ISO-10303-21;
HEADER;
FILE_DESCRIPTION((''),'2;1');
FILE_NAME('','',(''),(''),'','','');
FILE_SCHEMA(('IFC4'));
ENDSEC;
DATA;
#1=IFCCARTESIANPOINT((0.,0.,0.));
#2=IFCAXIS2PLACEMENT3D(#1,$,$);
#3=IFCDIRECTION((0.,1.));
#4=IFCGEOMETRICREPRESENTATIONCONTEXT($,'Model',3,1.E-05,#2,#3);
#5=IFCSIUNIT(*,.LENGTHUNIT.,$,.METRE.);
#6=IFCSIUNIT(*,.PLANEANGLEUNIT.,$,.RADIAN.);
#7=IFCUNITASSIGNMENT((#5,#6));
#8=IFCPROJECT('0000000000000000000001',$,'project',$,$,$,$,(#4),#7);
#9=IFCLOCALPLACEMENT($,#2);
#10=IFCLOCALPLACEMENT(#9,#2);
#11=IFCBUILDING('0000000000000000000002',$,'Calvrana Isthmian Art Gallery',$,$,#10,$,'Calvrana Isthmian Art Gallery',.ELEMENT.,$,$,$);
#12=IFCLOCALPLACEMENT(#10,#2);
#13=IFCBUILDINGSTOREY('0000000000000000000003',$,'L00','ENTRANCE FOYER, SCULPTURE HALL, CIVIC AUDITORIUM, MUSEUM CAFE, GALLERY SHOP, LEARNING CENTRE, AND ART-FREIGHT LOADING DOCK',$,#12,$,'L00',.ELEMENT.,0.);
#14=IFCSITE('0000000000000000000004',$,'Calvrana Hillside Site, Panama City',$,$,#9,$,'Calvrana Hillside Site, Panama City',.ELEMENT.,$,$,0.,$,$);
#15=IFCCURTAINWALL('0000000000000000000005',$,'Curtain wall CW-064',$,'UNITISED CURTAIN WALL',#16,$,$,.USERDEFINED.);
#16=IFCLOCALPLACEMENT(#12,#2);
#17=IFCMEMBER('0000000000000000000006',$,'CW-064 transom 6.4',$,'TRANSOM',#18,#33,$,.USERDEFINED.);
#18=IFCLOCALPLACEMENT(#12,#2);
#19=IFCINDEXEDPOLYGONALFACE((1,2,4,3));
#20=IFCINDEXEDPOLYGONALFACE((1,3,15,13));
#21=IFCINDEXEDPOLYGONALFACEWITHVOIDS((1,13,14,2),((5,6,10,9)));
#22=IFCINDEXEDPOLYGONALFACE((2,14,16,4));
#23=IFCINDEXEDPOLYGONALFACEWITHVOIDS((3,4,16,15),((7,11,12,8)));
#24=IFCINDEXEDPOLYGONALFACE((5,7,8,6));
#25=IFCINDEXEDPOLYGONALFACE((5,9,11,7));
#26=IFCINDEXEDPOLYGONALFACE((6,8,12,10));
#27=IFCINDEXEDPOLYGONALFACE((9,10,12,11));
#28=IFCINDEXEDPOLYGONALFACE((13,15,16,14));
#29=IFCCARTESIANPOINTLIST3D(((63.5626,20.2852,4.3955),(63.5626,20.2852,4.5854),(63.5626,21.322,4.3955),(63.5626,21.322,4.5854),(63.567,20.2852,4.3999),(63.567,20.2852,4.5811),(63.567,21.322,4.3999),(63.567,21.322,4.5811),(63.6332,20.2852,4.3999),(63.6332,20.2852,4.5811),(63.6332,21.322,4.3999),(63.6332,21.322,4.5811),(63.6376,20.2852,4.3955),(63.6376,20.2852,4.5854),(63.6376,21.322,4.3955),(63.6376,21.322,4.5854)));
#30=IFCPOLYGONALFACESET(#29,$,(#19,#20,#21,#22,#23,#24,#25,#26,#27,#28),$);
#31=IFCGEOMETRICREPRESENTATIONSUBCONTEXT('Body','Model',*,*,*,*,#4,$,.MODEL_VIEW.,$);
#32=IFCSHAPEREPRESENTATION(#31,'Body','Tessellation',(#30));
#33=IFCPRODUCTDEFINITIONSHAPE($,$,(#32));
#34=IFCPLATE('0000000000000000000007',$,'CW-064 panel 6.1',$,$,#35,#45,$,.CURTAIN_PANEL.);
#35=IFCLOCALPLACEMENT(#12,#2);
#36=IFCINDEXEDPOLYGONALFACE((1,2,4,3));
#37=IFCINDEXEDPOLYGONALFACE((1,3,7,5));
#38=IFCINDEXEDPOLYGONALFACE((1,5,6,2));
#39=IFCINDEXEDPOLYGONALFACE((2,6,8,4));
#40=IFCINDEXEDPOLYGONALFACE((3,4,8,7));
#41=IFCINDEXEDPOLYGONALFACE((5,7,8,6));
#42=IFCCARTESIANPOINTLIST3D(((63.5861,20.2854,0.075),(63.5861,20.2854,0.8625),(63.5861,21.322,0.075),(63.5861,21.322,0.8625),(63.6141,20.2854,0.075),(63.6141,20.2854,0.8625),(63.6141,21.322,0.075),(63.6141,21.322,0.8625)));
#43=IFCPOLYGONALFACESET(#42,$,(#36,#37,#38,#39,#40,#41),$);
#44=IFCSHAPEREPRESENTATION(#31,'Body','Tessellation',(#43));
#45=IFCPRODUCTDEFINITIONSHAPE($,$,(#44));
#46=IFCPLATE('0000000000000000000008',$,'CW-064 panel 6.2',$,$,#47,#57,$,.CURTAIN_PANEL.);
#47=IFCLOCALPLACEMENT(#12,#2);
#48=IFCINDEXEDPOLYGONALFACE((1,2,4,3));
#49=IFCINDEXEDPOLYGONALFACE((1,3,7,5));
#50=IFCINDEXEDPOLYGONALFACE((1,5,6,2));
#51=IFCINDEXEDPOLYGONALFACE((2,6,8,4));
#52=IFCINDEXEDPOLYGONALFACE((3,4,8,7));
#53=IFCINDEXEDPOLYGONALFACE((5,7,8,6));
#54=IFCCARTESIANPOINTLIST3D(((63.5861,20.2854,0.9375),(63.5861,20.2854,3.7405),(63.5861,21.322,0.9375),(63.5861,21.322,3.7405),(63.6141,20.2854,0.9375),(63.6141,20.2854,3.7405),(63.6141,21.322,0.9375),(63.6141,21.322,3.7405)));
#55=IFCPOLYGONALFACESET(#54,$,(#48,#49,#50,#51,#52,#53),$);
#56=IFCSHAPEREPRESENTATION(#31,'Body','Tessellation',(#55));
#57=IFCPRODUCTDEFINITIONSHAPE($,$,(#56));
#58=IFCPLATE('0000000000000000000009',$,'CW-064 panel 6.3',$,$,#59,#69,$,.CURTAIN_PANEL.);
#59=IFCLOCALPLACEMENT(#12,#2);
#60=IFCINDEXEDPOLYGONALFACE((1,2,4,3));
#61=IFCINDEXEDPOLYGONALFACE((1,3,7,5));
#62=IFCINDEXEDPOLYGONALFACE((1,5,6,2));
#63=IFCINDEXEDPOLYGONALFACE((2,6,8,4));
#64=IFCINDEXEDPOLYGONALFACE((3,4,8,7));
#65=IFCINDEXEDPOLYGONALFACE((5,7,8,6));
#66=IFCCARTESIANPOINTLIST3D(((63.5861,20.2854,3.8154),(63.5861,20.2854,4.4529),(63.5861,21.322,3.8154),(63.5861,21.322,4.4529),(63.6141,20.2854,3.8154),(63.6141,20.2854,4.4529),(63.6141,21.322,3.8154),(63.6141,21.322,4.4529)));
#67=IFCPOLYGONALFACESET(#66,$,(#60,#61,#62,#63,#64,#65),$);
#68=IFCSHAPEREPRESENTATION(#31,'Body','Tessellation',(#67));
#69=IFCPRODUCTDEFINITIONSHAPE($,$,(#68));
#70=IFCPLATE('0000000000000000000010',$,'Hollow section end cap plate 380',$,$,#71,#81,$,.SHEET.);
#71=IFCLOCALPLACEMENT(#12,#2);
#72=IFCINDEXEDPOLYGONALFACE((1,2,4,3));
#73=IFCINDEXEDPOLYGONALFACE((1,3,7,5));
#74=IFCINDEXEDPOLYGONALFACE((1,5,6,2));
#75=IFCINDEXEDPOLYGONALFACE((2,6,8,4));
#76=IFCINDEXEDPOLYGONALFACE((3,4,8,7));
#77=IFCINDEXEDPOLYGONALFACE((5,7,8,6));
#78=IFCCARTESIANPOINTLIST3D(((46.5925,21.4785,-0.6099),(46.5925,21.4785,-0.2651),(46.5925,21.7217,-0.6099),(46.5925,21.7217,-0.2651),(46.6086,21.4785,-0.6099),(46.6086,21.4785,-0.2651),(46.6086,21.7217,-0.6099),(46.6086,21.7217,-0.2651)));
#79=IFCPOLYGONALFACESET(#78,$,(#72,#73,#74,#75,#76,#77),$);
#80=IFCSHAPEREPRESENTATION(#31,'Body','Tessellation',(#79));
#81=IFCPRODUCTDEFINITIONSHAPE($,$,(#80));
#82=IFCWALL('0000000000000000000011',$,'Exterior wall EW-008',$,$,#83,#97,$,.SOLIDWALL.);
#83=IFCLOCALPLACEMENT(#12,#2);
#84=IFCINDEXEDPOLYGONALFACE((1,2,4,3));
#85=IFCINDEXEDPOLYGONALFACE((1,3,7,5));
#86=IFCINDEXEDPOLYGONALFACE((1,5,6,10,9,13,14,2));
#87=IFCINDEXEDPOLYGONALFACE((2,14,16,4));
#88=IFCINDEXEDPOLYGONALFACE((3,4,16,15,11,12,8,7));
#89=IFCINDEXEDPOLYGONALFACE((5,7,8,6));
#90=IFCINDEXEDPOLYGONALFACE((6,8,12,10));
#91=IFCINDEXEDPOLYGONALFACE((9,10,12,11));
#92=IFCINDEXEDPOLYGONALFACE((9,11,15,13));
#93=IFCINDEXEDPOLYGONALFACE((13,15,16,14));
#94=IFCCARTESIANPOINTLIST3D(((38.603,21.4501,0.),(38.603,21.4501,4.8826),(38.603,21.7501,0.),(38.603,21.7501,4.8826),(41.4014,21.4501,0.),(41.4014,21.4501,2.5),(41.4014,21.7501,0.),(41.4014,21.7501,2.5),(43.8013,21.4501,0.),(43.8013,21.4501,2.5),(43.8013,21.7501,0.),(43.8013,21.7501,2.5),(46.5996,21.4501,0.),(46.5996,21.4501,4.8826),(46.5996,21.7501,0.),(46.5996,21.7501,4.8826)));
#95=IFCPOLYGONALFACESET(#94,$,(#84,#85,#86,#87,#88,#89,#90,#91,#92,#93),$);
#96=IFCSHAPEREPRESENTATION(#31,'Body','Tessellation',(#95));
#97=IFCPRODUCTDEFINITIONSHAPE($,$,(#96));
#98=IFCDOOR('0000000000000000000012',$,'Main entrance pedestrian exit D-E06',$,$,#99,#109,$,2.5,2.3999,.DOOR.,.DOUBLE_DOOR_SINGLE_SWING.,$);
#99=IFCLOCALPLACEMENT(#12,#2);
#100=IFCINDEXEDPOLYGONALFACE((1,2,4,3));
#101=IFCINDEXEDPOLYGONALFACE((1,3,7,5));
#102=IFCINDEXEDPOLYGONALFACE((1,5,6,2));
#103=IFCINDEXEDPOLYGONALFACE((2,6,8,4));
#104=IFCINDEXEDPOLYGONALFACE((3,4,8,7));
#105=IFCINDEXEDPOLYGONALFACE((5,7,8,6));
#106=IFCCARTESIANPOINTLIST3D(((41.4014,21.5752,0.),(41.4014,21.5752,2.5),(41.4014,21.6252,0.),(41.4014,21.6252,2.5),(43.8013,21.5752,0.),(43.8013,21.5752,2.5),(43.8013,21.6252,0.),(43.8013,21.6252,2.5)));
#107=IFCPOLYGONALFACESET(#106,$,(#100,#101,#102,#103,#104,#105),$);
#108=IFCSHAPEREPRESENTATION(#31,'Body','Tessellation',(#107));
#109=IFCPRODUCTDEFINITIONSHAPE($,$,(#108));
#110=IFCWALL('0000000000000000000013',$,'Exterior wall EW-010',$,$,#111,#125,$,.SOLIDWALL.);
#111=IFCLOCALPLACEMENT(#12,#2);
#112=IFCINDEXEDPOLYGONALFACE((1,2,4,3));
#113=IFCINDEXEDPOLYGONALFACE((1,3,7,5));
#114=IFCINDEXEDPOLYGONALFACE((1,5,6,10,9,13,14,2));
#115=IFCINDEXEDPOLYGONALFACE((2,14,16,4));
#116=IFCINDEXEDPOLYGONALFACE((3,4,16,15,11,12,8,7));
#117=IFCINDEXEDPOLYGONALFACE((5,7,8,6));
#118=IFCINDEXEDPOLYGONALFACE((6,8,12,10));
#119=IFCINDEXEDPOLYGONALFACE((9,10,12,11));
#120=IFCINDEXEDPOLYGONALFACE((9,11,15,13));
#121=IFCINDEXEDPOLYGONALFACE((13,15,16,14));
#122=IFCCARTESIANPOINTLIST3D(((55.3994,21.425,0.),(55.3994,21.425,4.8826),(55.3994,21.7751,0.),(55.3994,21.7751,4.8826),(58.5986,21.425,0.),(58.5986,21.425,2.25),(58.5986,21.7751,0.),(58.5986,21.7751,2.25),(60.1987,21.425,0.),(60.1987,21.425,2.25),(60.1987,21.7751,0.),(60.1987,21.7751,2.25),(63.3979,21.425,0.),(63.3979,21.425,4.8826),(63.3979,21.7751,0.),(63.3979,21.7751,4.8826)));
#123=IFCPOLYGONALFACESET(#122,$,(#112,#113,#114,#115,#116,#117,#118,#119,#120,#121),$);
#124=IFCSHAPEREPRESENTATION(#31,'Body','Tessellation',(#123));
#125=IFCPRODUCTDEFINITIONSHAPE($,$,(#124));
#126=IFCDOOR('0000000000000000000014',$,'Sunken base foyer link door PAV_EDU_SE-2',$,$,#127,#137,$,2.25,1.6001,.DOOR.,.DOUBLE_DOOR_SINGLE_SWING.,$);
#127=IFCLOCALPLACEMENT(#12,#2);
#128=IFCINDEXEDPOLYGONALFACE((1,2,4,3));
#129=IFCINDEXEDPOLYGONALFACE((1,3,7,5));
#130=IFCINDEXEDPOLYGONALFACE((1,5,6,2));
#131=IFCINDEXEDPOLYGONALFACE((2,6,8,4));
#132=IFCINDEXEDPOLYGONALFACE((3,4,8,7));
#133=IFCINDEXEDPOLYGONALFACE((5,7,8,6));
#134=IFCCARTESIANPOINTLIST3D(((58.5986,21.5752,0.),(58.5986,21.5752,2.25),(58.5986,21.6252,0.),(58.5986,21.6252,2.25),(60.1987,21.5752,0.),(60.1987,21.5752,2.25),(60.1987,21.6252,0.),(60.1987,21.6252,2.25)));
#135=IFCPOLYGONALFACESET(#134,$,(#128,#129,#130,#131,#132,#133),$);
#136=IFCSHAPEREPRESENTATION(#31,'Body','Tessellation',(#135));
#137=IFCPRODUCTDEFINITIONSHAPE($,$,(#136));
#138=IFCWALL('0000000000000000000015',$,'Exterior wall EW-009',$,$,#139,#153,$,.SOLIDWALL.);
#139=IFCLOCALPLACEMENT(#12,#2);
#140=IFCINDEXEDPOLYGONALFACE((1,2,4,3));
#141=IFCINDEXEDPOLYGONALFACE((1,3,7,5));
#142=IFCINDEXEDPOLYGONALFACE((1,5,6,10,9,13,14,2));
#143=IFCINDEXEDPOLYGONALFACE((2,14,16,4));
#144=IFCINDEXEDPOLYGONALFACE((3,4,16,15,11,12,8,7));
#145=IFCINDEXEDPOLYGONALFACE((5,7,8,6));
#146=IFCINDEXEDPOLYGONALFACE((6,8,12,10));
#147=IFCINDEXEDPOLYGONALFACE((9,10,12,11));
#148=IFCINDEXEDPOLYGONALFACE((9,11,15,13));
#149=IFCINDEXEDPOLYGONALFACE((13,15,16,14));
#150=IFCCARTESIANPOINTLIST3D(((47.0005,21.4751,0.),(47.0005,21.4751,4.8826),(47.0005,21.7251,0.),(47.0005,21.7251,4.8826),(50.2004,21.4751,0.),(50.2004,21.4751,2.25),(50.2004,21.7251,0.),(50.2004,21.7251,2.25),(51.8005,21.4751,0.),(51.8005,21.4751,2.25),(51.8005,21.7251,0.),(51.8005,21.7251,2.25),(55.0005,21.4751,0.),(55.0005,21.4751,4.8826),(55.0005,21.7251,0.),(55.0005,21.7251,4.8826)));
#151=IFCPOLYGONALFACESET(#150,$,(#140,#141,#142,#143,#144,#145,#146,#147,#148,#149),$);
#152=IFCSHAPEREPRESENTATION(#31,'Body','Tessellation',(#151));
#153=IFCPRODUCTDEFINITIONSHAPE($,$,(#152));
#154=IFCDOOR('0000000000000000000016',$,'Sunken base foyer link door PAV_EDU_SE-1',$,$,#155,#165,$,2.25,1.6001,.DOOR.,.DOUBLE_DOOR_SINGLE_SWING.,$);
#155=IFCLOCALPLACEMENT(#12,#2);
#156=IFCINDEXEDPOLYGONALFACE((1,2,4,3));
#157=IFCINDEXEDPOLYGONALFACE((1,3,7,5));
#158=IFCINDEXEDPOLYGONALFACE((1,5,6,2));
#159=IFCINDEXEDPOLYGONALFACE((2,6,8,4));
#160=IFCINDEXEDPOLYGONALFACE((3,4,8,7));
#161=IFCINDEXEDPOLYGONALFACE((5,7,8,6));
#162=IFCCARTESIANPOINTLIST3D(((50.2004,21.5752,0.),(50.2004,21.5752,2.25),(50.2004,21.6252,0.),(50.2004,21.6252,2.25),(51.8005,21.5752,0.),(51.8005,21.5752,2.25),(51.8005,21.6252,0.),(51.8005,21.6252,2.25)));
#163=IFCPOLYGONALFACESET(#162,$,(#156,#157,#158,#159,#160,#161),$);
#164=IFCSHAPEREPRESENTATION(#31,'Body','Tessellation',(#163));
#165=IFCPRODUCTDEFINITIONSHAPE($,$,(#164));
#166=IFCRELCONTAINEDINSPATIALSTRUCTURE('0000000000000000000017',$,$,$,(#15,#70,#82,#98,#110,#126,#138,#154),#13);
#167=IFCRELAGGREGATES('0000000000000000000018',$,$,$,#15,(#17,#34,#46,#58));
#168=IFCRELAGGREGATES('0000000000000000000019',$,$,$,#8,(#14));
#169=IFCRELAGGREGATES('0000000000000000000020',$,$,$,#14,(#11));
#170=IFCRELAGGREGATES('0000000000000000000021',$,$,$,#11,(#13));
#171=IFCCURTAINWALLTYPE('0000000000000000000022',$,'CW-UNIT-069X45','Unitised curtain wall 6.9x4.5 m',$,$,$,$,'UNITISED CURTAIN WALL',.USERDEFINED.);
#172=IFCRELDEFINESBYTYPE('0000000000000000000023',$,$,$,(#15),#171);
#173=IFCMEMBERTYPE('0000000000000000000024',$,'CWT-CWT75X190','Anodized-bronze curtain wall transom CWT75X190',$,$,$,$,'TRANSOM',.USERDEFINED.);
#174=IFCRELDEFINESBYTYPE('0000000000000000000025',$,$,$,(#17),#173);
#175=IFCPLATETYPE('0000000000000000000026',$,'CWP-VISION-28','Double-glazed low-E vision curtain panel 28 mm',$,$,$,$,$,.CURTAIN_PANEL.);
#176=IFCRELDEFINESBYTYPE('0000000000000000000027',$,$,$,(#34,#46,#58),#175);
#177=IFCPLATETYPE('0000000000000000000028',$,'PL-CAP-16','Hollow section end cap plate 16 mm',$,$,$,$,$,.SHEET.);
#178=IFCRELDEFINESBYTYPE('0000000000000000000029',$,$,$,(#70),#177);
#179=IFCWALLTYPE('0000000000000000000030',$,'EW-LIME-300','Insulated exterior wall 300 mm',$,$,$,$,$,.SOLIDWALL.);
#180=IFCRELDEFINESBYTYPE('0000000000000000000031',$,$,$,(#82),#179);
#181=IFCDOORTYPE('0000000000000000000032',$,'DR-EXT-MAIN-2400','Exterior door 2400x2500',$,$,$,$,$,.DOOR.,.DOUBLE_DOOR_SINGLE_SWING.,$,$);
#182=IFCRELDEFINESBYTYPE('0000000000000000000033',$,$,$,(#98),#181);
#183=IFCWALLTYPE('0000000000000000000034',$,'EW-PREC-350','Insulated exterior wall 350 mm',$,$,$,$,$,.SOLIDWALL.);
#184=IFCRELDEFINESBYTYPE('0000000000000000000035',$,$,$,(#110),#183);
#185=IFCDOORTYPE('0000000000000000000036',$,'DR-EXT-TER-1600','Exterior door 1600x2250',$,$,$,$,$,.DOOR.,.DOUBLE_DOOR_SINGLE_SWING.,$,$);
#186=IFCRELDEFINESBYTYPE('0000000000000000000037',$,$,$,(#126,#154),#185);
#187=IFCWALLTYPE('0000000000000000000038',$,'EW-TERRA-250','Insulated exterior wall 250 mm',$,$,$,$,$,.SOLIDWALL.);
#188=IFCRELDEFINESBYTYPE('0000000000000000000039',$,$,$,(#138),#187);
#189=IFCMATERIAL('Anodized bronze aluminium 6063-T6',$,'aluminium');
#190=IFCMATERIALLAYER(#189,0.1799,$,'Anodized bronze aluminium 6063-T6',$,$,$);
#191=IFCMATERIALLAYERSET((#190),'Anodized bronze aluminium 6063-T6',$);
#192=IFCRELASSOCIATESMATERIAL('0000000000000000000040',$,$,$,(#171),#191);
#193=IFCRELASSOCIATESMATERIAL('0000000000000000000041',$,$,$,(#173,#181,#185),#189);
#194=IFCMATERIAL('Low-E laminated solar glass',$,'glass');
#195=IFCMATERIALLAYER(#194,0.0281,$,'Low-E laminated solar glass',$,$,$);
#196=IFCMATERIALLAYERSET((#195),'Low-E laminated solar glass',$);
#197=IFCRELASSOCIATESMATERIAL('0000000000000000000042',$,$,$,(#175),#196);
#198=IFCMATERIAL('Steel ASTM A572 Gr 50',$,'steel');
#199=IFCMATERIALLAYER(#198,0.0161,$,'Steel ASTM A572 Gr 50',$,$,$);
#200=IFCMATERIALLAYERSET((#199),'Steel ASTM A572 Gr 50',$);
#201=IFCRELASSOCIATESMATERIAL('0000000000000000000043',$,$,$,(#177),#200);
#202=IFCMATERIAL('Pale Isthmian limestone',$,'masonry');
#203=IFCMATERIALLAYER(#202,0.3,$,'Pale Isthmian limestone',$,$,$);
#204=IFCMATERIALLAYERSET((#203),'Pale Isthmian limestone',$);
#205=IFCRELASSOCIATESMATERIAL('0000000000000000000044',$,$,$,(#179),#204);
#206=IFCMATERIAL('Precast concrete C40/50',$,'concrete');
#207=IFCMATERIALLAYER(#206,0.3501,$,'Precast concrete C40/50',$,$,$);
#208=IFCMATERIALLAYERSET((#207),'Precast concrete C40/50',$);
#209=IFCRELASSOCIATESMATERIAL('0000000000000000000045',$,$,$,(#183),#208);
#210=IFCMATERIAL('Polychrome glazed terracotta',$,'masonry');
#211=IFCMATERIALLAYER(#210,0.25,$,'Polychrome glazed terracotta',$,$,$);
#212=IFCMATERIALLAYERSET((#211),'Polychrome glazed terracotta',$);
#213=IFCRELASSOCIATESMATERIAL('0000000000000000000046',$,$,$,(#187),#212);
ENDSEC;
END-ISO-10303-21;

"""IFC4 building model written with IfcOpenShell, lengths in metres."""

from ifc_helpers import new_model, si_unit, direction, frame, frame_2d, origin, origin_2d, place, context, subcontext, project, spatial, rectangle, hollow_rectangle, extrude, material, layer, layer_set, material_profile, profile_set, type_object, element, fill, aggregate, save


model = new_model("IFC4")

# Units and contexts
model_context = context("Model", 3, precision=1e-05, world=origin(), true_north=direction((0.0, 1.0)))
body_context = subcontext(model_context, "Body", "Model", "MODEL_VIEW")
ifc_project = project(units=[si_unit("LENGTHUNIT", "METRE"), si_unit("PLANEANGLEUNIT", "RADIAN")], contexts=[model_context])

# Site, building, storey
site_placement = place(None, origin())
site = spatial("IfcSite", under=ifc_project, at=site_placement, Name="Calvrana Hillside Site, Panama City", LongName="Calvrana Hillside Site, Panama City", CompositionType="ELEMENT", RefElevation=0.0)
building_placement = place(site_placement, origin())
building = spatial("IfcBuilding", under=site, at=building_placement, Name="Calvrana Isthmian Art Gallery", LongName="Calvrana Isthmian Art Gallery", CompositionType="ELEMENT")
storey_placement = place(building_placement, origin())
storey = spatial("IfcBuildingStorey", under=building, at=storey_placement, Name="L00", Description="ENTRANCE FOYER, SCULPTURE HALL, CIVIC AUDITORIUM, MUSEUM CAFE, GALLERY SHOP, LEARNING CENTRE, AND ART-FREIGHT LOADING DOCK", LongName="L00", CompositionType="ELEMENT", Elevation=0.0)

# Curtain wall, member, plates
ifc_material_1 = material(Name="Anodized bronze aluminium 6063-T6", Category="aluminium")
ifc_layer_1 = layer(ifc_material_1, 0.1799, Name="Anodized bronze aluminium 6063-T6")
ifc_layer_set_1 = layer_set([ifc_layer_1], Name="Anodized bronze aluminium 6063-T6")
curtain_wall_type = type_object("IfcCurtainWallType", Name="CW-UNIT-069X45", Description="Unitised curtain wall 6.9x4.5 m", ElementType="UNITISED CURTAIN WALL", PredefinedType="USERDEFINED", material=ifc_layer_set_1)
curtain_wall_placement = place(storey_placement, origin())
curtain_wall = element("IfcCurtainWall", 1, at=curtain_wall_placement, inside=storey, type_object=curtain_wall_type, Name="Curtain wall CW-064", ObjectType="UNITISED CURTAIN WALL", PredefinedType="USERDEFINED")
ifc_material_profile_1 = material_profile(ifc_material_1, hollow_rectangle(XDim=0.075, YDim=0.1899, WallThickness=0.0044, at=origin_2d()), Name="CWT75X190")
ifc_profile_set_1 = profile_set([ifc_material_profile_1], Name="Anodized bronze aluminium 6063-T6")
member_type = type_object("IfcMemberType", Name="CWT-CWT75X190", Description="Anodized-bronze curtain wall transom CWT75X190", ElementType="TRANSOM", PredefinedType="USERDEFINED", material=ifc_profile_set_1)
member_1_placement = place(storey_placement, frame((63.6001, 20.2852, 4.4905), z_axis=(0.0, 1.0, 0.0), x_axis=(-1.0, 0.0, 0.0)))
member_1 = element("IfcMember", 2, at=member_1_placement, type_object=member_type, Name="CW-064 transom 6.4", ObjectType="TRANSOM", PredefinedType="USERDEFINED", context=body_context, shape_type="SweptSolid", body=[
    extrude(hollow_rectangle(XDim=0.075, YDim=0.1899, WallThickness=0.0044, at=origin_2d()), origin(), (0.0, 0.0, 1.0), 1.0369),
])
ifc_material_2 = material(Name="Low-E laminated solar glass", Category="glass")
ifc_layer_2 = layer(ifc_material_2, 0.0281, Name="Low-E laminated solar glass")
ifc_layer_set_2 = layer_set([ifc_layer_2], Name="Low-E laminated solar glass")
plate_type_1 = type_object("IfcPlateType", Name="CWP-VISION-28", Description="Double-glazed low-E vision curtain panel 28 mm", PredefinedType="CURTAIN_PANEL", material=ifc_layer_set_2)
plate_1_placement = place(storey_placement, frame((63.6001, 20.8037, 0.075), z_axis=(0.0, 0.0, 1.0), x_axis=(0.0, 1.0, 0.0)))
plate_1 = element("IfcPlate", 3, at=plate_1_placement, type_object=plate_type_1, Name="CW-064 panel 6.1", PredefinedType="CURTAIN_PANEL", context=body_context, shape_type="SweptSolid", body=[
    extrude(rectangle(XDim=1.0366, YDim=0.0281, at=origin_2d()), origin(), (0.0, 0.0, 1.0), 0.7876),
])
plate_2_placement = place(storey_placement, frame((63.6001, 20.8037, 0.9375), z_axis=(0.0, 0.0, 1.0), x_axis=(0.0, 1.0, 0.0)))
plate_2 = element("IfcPlate", 4, at=plate_2_placement, type_object=plate_type_1, Name="CW-064 panel 6.2", PredefinedType="CURTAIN_PANEL", context=body_context, shape_type="SweptSolid", body=[
    extrude(rectangle(XDim=1.0366, YDim=0.0281, at=origin_2d()), origin(), (0.0, 0.0, 1.0), 2.803),
])
plate_3_placement = place(storey_placement, frame((63.6001, 20.8037, 3.8154), z_axis=(0.0, 0.0, 1.0), x_axis=(0.0, 1.0, 0.0)))
plate_3 = element("IfcPlate", 5, at=plate_3_placement, type_object=plate_type_1, Name="CW-064 panel 6.3", PredefinedType="CURTAIN_PANEL", context=body_context, shape_type="SweptSolid", body=[
    extrude(rectangle(XDim=1.0366, YDim=0.0281, at=origin_2d()), origin(), (0.0, 0.0, 1.0), 0.6375),
])
aggregate(curtain_wall, [member_1, plate_1, plate_2, plate_3])

# Plate
ifc_material_3 = material(Name="Steel ASTM A572 Gr 50", Category="steel")
ifc_layer_3 = layer(ifc_material_3, 0.0161, Name="Steel ASTM A572 Gr 50")
ifc_layer_set_3 = layer_set([ifc_layer_3], Name="Steel ASTM A572 Gr 50")
plate_type_2 = type_object("IfcPlateType", Name="PL-CAP-16", Description="Hollow section end cap plate 16 mm", PredefinedType="SHEET", material=ifc_layer_set_3)
plate_4_placement = place(storey_placement, frame((46.6006, 21.6001, -0.6099), z_axis=(0.0, 0.0, 1.0), x_axis=(1.0, 0.0, 0.0)))
element("IfcPlate", 6, at=plate_4_placement, inside=storey, type_object=plate_type_2, Name="Hollow section end cap plate 380", PredefinedType="SHEET", context=body_context, shape_type="SweptSolid", body=[
    extrude(rectangle(XDim=0.0161, YDim=0.2432, at=origin_2d()), origin(), (0.0, 0.0, 1.0), 0.3447),
])

# Walls, openings, doors
ifc_material_4 = material(Name="Pale Isthmian limestone", Category="masonry")
ifc_layer_4 = layer(ifc_material_4, 0.3, Name="Pale Isthmian limestone")
ifc_layer_set_4 = layer_set([ifc_layer_4], Name="Pale Isthmian limestone")
wall_type_1 = type_object("IfcWallType", Name="EW-LIME-300", Description="Insulated exterior wall 300 mm", PredefinedType="SOLIDWALL", material=ifc_layer_set_4)
wall_1_placement = place(storey_placement, frame((46.5996, 21.6001, 0.0), z_axis=(0.0, 0.0, 1.0), x_axis=(-1.0, 0.0, 0.0)))
wall_1 = element("IfcWall", 7, at=wall_1_placement, inside=storey, type_object=wall_type_1, Name="Exterior wall EW-008", PredefinedType="SOLIDWALL", context=body_context, shape_type="SweptSolid", body=[
    extrude(rectangle(XDim=7.9966, YDim=0.3, at=frame_2d((3.9983, 0.0))), origin(), (0.0, 0.0, 1.0), 4.8826),
])
opening_1_placement = place(wall_1_placement, frame((2.7983, 0.0, 0.0)))
opening_1 = element("IfcOpeningElement", 8, at=opening_1_placement, cuts=wall_1, PredefinedType="OPENING", context=body_context, shape_type="SweptSolid", body=[
    extrude(rectangle(XDim=2.3999, YDim=2.5, at=frame_2d((1.2, 1.25))), frame((0.0, 0.1602, 0.0), z_axis=(0.0, -1.0, 0.0), x_axis=(1.0, 0.0, 0.0)), (0.0, 0.0, 1.0), 0.3206),
])
door_type_1 = type_object("IfcDoorType", Name="DR-EXT-MAIN-2400", Description="Exterior door 2400x2500", OperationType="DOUBLE_DOOR_SINGLE_SWING", PredefinedType="DOOR", material=ifc_material_1)
door_1_placement = place(opening_1_placement, origin())
door_1 = element("IfcDoor", 9, at=door_1_placement, inside=storey, type_object=door_type_1, Name="Main entrance pedestrian exit D-E06", OperationType="DOUBLE_DOOR_SINGLE_SWING", OverallHeight=2.5, OverallWidth=2.3999, PredefinedType="DOOR", context=body_context, shape_type="SweptSolid", body=[
    extrude(rectangle(XDim=2.3999, YDim=2.5, at=frame_2d((1.2, 1.25))), frame((0.0, 0.0249, 0.0), z_axis=(0.0, -1.0, 0.0), x_axis=(1.0, 0.0, 0.0)), (0.0, 0.0, 1.0), 0.05),
])
fill(opening_1, door_1)
ifc_material_5 = material(Name="Precast concrete C40/50", Category="concrete")
ifc_layer_5 = layer(ifc_material_5, 0.3501, Name="Precast concrete C40/50")
ifc_layer_set_5 = layer_set([ifc_layer_5], Name="Precast concrete C40/50")
wall_type_2 = type_object("IfcWallType", Name="EW-PREC-350", Description="Insulated exterior wall 350 mm", PredefinedType="SOLIDWALL", material=ifc_layer_set_5)
wall_2_placement = place(storey_placement, frame((63.3979, 21.6001, 0.0), z_axis=(0.0, 0.0, 1.0), x_axis=(-1.0, 0.0, 0.0)))
wall_2 = element("IfcWall", 10, at=wall_2_placement, inside=storey, type_object=wall_type_2, Name="Exterior wall EW-010", PredefinedType="SOLIDWALL", context=body_context, shape_type="SweptSolid", body=[
    extrude(rectangle(XDim=7.9985, YDim=0.3501, at=frame_2d((3.9993, 0.0))), origin(), (0.0, 0.0, 1.0), 4.8826),
])
opening_2_placement = place(wall_2_placement, frame((3.1992, 0.0, 0.0)))
opening_2 = element("IfcOpeningElement", 11, at=opening_2_placement, cuts=wall_2, PredefinedType="OPENING", context=body_context, shape_type="SweptSolid", body=[
    extrude(rectangle(XDim=1.6001, YDim=2.25, at=frame_2d((0.8, 1.125))), frame((0.0, 0.1853, 0.0), z_axis=(0.0, -1.0, 0.0), x_axis=(1.0, 0.0, 0.0)), (0.0, 0.0, 1.0), 0.3706),
])
door_type_2 = type_object("IfcDoorType", Name="DR-EXT-TER-1600", Description="Exterior door 1600x2250", OperationType="DOUBLE_DOOR_SINGLE_SWING", PredefinedType="DOOR", material=ifc_material_1)
door_2_placement = place(opening_2_placement, origin())
door_2 = element("IfcDoor", 12, at=door_2_placement, inside=storey, type_object=door_type_2, Name="Sunken base foyer link door PAV_EDU_SE-2", OperationType="DOUBLE_DOOR_SINGLE_SWING", OverallHeight=2.25, OverallWidth=1.6001, PredefinedType="DOOR", context=body_context, shape_type="SweptSolid", body=[
    extrude(rectangle(XDim=1.6001, YDim=2.25, at=frame_2d((0.8, 1.125))), frame((0.0, 0.0249, 0.0), z_axis=(0.0, -1.0, 0.0), x_axis=(1.0, 0.0, 0.0)), (0.0, 0.0, 1.0), 0.05),
])
fill(opening_2, door_2)
ifc_material_6 = material(Name="Polychrome glazed terracotta", Category="masonry")
ifc_layer_6 = layer(ifc_material_6, 0.25, Name="Polychrome glazed terracotta")
ifc_layer_set_6 = layer_set([ifc_layer_6], Name="Polychrome glazed terracotta")
wall_type_3 = type_object("IfcWallType", Name="EW-TERRA-250", Description="Insulated exterior wall 250 mm", PredefinedType="SOLIDWALL", material=ifc_layer_set_6)
wall_3_placement = place(storey_placement, frame((55.0005, 21.6001, 0.0), z_axis=(0.0, 0.0, 1.0), x_axis=(-1.0, 0.0, 0.0)))
wall_3 = element("IfcWall", 13, at=wall_3_placement, inside=storey, type_object=wall_type_3, Name="Exterior wall EW-009", PredefinedType="SOLIDWALL", context=body_context, shape_type="SweptSolid", body=[
    extrude(rectangle(XDim=8.0, YDim=0.25, at=frame_2d((4.0, 0.0))), origin(), (0.0, 0.0, 1.0), 4.8826),
])
opening_3_placement = place(wall_3_placement, frame((3.2, 0.0, 0.0)))
opening_3 = element("IfcOpeningElement", 14, at=opening_3_placement, cuts=wall_3, PredefinedType="OPENING", context=body_context, shape_type="SweptSolid", body=[
    extrude(rectangle(XDim=1.6001, YDim=2.25, at=frame_2d((0.8, 1.125))), frame((0.0, 0.1353, 0.0), z_axis=(0.0, -1.0, 0.0), x_axis=(1.0, 0.0, 0.0)), (0.0, 0.0, 1.0), 0.2705),
])
door_3_placement = place(opening_3_placement, origin())
door_3 = element("IfcDoor", 15, at=door_3_placement, inside=storey, type_object=door_type_2, Name="Sunken base foyer link door PAV_EDU_SE-1", OperationType="DOUBLE_DOOR_SINGLE_SWING", OverallHeight=2.25, OverallWidth=1.6001, PredefinedType="DOOR", context=body_context, shape_type="SweptSolid", body=[
    extrude(rectangle(XDim=1.6001, YDim=2.25, at=frame_2d((0.8, 1.125))), frame((0.0, 0.0249, 0.0), z_axis=(0.0, -1.0, 0.0), x_axis=(1.0, 0.0, 0.0)), (0.0, 0.0, 1.0), 0.05),
])
fill(opening_3, door_3)

save(model, "model.ifc")
